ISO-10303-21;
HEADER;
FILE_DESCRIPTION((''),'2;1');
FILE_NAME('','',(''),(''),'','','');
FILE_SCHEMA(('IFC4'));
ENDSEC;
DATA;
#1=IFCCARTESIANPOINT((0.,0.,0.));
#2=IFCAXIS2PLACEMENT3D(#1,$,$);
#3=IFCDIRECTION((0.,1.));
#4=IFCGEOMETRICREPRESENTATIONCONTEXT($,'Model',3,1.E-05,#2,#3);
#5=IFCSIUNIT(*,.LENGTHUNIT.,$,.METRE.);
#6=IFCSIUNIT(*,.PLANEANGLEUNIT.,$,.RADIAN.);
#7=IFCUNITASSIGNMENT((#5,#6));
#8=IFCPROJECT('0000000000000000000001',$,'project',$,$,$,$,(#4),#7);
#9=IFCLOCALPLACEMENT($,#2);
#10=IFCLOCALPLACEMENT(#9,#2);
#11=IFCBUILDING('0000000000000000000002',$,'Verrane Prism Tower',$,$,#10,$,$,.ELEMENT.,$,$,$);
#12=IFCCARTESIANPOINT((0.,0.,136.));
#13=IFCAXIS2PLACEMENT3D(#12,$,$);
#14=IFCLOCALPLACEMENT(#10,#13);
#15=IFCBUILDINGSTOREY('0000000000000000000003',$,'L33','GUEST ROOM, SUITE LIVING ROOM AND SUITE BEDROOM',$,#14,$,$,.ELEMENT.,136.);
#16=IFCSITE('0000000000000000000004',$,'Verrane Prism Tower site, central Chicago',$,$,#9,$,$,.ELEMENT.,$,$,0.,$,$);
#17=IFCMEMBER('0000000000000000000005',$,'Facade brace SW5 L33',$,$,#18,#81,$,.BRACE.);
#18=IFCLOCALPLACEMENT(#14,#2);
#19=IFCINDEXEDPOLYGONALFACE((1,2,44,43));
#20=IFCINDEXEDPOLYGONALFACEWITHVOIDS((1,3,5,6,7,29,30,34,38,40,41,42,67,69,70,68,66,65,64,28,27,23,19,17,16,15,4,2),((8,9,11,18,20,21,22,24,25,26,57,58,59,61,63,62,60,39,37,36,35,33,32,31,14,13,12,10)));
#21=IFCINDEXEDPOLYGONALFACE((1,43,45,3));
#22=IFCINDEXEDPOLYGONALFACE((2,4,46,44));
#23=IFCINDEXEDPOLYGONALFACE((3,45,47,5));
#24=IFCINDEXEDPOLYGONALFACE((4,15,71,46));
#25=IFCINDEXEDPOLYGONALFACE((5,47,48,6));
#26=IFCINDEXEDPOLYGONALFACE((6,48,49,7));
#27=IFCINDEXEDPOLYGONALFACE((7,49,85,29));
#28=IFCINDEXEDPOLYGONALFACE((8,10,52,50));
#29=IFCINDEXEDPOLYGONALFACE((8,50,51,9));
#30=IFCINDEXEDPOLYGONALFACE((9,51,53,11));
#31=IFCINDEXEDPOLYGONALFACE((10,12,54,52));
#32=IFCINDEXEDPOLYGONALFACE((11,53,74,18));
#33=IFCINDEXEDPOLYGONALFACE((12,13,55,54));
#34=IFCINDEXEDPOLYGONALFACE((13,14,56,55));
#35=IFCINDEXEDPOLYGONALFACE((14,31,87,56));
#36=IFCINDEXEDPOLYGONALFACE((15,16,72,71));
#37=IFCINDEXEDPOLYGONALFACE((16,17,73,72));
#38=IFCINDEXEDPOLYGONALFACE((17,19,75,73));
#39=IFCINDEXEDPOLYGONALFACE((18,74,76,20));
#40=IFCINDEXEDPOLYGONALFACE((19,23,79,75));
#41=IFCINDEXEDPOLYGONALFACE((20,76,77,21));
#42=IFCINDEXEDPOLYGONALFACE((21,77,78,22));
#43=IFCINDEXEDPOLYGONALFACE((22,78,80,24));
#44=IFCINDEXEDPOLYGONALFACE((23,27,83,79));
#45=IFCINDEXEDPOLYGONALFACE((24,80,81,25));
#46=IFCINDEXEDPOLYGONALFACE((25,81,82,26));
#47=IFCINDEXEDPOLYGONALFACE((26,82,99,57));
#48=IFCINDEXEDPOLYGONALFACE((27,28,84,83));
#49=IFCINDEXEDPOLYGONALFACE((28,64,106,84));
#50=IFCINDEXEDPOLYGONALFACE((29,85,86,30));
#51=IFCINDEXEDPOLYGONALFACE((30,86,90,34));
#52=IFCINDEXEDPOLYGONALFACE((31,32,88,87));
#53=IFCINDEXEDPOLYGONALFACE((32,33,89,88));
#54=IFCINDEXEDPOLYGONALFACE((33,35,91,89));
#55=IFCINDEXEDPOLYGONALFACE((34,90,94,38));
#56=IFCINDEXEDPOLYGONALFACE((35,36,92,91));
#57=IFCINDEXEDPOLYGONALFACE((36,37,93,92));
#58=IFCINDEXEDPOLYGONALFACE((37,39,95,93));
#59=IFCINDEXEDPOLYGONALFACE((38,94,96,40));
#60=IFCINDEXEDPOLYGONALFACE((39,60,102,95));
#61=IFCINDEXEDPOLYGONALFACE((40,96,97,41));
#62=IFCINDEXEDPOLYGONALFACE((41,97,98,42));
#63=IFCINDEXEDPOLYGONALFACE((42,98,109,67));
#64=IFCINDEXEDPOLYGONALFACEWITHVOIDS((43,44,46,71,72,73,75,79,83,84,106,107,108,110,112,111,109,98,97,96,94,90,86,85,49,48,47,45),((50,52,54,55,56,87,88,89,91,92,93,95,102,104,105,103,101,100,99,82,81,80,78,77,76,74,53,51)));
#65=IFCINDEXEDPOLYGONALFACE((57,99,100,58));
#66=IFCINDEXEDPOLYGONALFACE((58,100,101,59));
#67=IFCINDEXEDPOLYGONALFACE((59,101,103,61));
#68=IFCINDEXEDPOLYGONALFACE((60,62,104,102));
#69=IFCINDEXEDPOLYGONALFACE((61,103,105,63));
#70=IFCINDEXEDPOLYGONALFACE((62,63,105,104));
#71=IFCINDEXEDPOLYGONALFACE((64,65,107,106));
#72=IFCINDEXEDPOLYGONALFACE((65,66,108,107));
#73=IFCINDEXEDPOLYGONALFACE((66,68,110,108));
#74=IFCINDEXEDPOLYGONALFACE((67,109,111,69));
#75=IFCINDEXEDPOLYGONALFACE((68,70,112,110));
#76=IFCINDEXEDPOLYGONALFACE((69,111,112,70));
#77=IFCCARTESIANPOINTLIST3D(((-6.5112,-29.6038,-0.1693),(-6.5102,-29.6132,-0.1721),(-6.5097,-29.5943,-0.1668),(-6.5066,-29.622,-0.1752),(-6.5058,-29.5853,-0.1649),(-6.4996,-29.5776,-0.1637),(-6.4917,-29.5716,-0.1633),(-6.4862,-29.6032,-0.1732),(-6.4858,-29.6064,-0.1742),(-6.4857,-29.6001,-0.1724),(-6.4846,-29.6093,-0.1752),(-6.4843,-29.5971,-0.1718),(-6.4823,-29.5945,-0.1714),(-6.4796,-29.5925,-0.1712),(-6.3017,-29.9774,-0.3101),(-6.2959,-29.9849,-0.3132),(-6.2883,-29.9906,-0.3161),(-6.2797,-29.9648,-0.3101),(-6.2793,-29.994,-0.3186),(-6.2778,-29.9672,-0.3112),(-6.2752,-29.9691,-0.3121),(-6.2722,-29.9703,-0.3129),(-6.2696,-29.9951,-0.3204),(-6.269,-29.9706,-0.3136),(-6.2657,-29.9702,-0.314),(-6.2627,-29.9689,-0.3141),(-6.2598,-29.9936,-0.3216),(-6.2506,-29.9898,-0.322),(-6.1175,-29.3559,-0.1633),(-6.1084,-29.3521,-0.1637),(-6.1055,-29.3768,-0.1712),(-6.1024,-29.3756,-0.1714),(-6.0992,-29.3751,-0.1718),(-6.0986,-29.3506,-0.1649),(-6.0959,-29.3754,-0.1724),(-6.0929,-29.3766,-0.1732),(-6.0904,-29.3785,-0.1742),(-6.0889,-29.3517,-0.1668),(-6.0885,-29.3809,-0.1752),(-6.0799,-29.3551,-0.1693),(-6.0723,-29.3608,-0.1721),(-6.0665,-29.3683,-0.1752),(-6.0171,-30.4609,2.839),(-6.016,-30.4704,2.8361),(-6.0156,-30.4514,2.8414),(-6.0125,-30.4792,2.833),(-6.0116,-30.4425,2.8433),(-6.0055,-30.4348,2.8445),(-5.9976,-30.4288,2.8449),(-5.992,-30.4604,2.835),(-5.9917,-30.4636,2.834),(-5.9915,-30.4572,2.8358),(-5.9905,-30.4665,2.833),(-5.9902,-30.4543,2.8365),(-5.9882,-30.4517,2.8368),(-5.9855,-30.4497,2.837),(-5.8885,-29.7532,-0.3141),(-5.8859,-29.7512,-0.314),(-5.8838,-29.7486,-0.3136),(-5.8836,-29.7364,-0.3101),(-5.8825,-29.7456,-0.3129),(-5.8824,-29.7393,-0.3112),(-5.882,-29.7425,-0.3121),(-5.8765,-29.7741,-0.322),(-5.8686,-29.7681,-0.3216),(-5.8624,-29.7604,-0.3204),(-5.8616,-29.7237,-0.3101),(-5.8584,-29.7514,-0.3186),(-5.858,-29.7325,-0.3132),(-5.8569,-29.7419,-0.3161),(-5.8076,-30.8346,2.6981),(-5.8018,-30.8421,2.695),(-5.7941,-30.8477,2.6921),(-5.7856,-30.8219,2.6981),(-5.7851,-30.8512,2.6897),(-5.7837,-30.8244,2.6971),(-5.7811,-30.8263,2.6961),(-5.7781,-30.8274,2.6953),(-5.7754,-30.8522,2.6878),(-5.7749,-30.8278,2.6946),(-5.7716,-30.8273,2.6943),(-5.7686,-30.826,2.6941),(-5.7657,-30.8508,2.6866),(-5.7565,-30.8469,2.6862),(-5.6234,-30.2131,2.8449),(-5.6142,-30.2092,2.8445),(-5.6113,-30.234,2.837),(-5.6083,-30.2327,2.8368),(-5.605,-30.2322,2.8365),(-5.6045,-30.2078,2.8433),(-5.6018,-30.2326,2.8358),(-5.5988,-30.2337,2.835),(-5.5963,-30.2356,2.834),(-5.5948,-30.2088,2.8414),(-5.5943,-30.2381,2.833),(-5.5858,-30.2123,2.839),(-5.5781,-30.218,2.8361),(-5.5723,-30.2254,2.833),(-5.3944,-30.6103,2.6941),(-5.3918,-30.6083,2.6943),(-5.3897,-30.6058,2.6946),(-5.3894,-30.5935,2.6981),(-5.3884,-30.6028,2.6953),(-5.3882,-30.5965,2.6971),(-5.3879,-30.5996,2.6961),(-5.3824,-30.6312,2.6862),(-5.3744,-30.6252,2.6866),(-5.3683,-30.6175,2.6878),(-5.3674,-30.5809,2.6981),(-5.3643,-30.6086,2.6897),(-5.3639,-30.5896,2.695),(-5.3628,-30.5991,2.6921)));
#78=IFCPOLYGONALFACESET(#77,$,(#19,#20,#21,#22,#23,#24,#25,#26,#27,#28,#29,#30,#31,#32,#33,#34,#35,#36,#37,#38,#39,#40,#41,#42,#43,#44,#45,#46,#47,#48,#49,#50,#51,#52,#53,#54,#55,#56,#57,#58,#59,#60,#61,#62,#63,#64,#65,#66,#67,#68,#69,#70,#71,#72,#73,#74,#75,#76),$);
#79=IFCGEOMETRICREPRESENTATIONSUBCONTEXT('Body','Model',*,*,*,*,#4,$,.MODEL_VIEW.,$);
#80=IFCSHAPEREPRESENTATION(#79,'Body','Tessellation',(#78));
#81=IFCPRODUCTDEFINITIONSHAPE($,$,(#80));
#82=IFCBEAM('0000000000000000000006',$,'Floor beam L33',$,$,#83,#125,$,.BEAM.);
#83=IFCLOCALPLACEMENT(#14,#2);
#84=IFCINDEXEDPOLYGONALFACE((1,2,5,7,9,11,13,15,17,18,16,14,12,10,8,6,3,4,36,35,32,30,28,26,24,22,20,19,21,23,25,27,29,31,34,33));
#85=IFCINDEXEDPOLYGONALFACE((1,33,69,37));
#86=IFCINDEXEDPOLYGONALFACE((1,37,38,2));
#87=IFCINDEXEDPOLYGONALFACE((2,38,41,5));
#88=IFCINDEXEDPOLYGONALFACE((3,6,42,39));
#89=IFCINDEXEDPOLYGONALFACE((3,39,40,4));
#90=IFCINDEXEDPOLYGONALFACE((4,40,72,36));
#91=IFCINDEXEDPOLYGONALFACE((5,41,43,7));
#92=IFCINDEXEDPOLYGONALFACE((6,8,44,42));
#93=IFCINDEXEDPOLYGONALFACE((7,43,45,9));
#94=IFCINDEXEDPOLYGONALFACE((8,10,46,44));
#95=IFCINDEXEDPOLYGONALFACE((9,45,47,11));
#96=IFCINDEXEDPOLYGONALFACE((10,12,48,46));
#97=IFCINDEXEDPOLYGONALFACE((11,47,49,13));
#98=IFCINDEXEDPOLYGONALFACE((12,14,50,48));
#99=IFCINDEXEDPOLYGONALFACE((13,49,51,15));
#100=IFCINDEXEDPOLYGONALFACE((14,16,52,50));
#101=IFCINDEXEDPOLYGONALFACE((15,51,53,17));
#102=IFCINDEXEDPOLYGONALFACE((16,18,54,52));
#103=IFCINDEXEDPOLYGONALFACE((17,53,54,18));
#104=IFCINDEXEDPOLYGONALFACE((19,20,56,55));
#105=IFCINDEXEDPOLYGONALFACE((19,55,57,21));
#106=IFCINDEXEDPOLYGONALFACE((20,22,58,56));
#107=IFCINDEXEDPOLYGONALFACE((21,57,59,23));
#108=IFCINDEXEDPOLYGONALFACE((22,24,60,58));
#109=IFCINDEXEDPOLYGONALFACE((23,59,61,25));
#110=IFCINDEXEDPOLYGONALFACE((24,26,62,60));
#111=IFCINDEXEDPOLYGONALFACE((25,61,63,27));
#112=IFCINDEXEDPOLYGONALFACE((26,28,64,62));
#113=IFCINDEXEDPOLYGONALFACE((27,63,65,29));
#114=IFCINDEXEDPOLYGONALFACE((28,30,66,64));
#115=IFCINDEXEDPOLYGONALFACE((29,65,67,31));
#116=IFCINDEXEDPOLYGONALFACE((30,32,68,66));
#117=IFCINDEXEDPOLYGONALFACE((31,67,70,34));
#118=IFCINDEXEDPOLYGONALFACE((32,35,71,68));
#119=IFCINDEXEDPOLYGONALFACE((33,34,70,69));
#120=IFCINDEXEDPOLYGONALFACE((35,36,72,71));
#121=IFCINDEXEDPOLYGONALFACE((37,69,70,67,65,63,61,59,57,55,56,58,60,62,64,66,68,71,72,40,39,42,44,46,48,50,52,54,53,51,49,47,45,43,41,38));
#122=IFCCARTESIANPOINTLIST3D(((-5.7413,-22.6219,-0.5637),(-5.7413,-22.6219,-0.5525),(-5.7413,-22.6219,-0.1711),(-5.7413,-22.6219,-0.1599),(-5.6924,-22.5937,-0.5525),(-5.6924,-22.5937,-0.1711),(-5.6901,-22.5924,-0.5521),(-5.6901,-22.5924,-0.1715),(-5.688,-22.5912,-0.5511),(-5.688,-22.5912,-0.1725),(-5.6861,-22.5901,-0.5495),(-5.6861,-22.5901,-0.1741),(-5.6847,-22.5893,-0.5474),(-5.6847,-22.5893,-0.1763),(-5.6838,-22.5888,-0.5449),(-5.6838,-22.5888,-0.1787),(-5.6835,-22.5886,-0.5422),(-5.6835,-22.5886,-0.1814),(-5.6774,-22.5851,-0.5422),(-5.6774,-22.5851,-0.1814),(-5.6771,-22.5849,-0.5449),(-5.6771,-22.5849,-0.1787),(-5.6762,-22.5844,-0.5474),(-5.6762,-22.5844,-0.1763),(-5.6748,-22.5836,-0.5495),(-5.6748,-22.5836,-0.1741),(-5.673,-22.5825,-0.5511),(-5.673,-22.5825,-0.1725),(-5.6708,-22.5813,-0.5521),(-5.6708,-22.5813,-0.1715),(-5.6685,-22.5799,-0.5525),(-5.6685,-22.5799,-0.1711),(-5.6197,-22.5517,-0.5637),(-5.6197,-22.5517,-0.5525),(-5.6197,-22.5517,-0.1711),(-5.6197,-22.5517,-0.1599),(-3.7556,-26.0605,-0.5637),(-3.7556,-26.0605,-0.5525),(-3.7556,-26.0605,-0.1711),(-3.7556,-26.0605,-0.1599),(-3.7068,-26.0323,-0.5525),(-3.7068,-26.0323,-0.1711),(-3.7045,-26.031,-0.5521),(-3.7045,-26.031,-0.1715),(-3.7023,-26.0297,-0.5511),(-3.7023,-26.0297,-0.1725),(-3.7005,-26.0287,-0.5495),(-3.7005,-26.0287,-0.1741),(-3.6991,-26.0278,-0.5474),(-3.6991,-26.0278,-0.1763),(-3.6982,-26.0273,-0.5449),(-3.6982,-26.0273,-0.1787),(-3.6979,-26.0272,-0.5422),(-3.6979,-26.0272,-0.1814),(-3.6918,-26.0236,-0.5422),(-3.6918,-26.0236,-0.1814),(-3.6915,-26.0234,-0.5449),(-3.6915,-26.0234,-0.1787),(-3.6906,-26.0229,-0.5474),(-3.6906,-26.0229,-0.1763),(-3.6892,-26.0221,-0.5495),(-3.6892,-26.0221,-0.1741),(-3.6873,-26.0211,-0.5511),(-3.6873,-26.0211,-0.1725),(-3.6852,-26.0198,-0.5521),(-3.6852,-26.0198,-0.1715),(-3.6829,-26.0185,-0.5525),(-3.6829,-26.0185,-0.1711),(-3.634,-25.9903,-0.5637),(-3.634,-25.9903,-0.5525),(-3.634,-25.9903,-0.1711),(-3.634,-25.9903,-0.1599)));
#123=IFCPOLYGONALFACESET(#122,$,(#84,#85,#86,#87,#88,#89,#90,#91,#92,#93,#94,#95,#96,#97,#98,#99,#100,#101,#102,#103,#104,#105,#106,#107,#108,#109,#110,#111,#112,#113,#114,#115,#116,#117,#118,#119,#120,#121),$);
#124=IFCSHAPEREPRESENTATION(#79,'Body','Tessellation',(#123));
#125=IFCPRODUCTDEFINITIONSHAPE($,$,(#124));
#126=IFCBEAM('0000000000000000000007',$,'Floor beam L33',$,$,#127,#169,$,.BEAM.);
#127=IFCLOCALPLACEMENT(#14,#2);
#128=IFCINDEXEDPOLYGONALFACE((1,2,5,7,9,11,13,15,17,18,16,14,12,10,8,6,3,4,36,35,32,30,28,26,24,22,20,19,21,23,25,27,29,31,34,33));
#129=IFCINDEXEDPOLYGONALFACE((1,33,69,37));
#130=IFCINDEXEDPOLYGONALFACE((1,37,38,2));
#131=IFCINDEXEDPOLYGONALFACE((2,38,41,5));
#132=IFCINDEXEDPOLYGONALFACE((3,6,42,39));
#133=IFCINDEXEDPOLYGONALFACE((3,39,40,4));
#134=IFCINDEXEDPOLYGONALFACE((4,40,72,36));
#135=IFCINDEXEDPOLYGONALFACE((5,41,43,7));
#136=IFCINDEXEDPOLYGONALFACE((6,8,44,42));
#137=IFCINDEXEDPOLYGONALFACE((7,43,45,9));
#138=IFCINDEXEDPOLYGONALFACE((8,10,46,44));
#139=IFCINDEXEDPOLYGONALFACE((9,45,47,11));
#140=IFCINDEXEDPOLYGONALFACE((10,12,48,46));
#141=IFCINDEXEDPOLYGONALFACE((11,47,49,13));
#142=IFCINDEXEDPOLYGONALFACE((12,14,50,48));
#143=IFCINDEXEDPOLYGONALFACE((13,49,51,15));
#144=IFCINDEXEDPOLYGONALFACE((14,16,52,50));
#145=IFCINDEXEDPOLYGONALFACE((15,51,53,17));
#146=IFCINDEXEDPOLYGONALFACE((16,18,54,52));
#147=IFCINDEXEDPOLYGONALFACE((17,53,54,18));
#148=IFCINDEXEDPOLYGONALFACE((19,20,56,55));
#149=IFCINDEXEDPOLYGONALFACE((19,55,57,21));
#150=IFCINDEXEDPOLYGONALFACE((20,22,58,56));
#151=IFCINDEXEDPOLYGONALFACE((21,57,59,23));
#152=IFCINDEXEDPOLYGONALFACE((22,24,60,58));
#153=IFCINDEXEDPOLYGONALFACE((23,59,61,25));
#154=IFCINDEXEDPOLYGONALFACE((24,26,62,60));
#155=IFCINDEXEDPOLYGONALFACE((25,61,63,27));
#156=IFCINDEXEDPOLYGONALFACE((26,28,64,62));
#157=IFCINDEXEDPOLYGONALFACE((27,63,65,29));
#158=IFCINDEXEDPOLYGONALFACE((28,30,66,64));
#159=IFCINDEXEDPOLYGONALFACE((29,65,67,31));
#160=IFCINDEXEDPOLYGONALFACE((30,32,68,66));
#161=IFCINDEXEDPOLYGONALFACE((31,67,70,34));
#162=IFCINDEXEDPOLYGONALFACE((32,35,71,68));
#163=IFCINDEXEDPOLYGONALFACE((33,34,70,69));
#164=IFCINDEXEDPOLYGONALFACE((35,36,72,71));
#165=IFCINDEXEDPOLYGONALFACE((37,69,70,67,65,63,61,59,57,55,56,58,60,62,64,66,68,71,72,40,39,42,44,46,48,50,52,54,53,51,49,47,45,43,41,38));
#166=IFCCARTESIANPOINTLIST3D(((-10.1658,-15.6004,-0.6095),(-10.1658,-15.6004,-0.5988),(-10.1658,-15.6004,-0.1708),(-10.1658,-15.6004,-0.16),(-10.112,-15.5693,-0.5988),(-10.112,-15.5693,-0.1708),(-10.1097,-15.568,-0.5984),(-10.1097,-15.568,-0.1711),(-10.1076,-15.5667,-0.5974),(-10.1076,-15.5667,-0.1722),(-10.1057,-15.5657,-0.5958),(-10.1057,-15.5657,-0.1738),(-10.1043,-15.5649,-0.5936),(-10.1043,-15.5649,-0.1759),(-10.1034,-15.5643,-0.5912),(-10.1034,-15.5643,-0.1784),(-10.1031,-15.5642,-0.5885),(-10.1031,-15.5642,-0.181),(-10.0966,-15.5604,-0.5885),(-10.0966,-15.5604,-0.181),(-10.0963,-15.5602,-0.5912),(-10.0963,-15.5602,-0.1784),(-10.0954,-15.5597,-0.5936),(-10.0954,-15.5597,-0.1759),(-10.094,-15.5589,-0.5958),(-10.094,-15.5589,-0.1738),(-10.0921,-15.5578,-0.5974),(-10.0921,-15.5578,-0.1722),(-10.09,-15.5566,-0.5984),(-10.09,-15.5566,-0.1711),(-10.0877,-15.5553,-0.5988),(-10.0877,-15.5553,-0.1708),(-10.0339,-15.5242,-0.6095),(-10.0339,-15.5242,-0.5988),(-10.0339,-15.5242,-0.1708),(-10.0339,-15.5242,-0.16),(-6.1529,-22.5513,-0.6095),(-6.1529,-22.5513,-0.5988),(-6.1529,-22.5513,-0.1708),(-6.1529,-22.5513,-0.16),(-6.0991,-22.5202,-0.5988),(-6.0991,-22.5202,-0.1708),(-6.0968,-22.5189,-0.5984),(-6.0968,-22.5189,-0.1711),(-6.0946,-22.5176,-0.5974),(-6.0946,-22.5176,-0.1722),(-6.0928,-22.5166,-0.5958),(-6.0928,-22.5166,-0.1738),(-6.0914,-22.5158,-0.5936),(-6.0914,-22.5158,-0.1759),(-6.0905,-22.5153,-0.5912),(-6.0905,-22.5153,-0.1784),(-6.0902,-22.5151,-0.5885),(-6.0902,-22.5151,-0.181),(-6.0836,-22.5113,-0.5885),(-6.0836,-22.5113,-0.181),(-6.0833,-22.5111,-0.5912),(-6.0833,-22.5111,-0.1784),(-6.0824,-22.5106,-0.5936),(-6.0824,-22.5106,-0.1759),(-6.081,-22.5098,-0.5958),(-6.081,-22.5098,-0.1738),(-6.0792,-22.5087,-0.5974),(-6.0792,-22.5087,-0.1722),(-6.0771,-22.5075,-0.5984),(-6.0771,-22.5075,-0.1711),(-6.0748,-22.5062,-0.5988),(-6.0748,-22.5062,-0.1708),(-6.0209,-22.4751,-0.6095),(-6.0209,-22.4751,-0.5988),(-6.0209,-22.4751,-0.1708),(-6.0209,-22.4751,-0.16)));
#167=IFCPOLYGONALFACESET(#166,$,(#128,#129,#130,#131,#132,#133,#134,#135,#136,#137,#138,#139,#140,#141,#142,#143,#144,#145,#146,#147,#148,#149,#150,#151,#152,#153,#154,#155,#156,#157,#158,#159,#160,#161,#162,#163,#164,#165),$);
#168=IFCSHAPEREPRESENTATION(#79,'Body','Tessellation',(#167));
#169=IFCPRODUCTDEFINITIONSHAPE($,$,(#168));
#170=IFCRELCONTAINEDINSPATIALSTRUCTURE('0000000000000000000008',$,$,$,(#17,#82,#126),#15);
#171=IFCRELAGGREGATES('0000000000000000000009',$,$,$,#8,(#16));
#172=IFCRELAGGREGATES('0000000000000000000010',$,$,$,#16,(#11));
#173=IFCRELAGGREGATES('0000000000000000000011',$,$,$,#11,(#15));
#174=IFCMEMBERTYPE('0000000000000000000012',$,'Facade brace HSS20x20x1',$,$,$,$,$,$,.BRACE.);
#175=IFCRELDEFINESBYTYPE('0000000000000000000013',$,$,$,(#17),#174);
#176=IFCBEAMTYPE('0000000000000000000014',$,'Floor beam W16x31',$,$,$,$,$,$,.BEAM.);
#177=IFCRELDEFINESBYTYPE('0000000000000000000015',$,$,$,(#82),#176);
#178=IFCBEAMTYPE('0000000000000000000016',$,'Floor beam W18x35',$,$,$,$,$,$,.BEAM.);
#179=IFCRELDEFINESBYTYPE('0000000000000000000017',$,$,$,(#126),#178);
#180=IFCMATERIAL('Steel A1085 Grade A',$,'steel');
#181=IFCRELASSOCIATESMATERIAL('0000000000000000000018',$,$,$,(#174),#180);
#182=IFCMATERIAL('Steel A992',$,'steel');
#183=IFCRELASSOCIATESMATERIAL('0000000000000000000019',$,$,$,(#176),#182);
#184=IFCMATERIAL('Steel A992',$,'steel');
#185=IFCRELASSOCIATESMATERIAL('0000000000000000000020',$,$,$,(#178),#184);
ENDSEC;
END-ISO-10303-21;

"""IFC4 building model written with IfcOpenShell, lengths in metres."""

from ifc_helpers import new_model, si_unit, direction, frame, origin, origin_2d, place, context, subcontext, project, spatial, hollow_rectangle, i_section, extrude, material, material_profile, profile_set, type_object, element, save


model = new_model("IFC4")

# Units and contexts
model_context = context("Model", 3, precision=1e-05, world=origin(), true_north=direction((0.0, 1.0)))
body_context = subcontext(model_context, "Body", "Model", "MODEL_VIEW")
ifc_project = project(units=[si_unit("LENGTHUNIT", "METRE"), si_unit("PLANEANGLEUNIT", "RADIAN")], contexts=[model_context])

# Site, building, storey
site_placement = place(None, origin())
site = spatial("IfcSite", under=ifc_project, at=site_placement, Name="Verrane Prism Tower site, central Chicago", CompositionType="ELEMENT", RefElevation=0.0)
building_placement = place(site_placement, origin())
building = spatial("IfcBuilding", under=site, at=building_placement, Name="Verrane Prism Tower", CompositionType="ELEMENT")
storey_placement = place(building_placement, frame((0.0, 0.0, 136.0)))
storey = spatial("IfcBuildingStorey", under=building, at=storey_placement, Name="L33", Description="GUEST ROOM, SUITE LIVING ROOM AND SUITE BEDROOM", CompositionType="ELEMENT", Elevation=136.0)

# Member
ifc_material_1 = material(Name="Steel A1085 Grade A", Category="steel")
ifc_material_profile_1 = material_profile(ifc_material_1, hollow_rectangle(XDim=0.5081, YDim=0.5081, WallThickness=0.0254, InnerFilletRadius=0.0127, OuterFilletRadius=0.0381, at=origin_2d()), Name="HSS20x20x1")
ifc_profile_set_1 = profile_set([ifc_material_profile_1], Name="Steel A1085 Grade A")
member_type_1 = type_object("IfcMemberType", Name="Facade brace HSS20x20x1", PredefinedType="BRACE", material=ifc_profile_set_1)
member_1_placement = place(storey_placement, frame((-6.1841, -29.6729, -0.2427), z_axis=(0.156036, -0.270674, 0.949941), x_axis=(0.866354, 0.49943, 0.0)))
element("IfcMember", 1, at=member_1_placement, inside=storey, type_object=member_type_1, Name="Facade brace SW5 L33", PredefinedType="BRACE", context=body_context, shape_type="SweptSolid", body=[
    extrude(hollow_rectangle(XDim=0.5081, YDim=0.5081, WallThickness=0.0254, InnerFilletRadius=0.0127, OuterFilletRadius=0.0381, at=origin_2d()), origin(), (0.0, 0.0, 1.0), 3.1667),
])

# Beams
ifc_material_2 = material(Name="Steel A992", Category="steel")
ifc_material_profile_2 = material_profile(ifc_material_2, i_section(OverallWidth=0.1404, OverallDepth=0.4038, WebThickness=0.0071, FlangeThickness=0.0112, FilletRadius=0.0103, at=origin_2d()), Name="W16x31")
ifc_profile_set_2 = profile_set([ifc_material_profile_2], Name="Steel A992")
beam_type_1 = type_object("IfcBeamType", Name="Floor beam W16x31", PredefinedType="BEAM", material=ifc_profile_set_2)
beam_1_placement = place(storey_placement, frame((-3.6948, -26.0254, -0.3618), z_axis=(-0.500074, 0.865983, 0.0), x_axis=(-0.865983, -0.500074, 0.0)))
element("IfcBeam", 2, at=beam_1_placement, inside=storey, type_object=beam_type_1, Name="Floor beam L33", PredefinedType="BEAM", context=body_context, shape_type="SweptSolid", body=[
    extrude(i_section(OverallWidth=0.1404, OverallDepth=0.4038, WebThickness=0.0071, FlangeThickness=0.0112, FilletRadius=0.0103, at=origin_2d()), origin(), (0.0, 0.0, 1.0), 3.9707),
])
ifc_material_3 = material(Name="Steel A992", Category="steel")
ifc_material_profile_3 = material_profile(ifc_material_3, i_section(OverallWidth=0.1523, OverallDepth=0.4495, WebThickness=0.0076, FlangeThickness=0.0107, FilletRadius=0.0103, at=origin_2d()), Name="W18x35")
ifc_profile_set_3 = profile_set([ifc_material_profile_3], Name="Steel A992")
beam_type_2 = type_object("IfcBeamType", Name="Floor beam W18x35", PredefinedType="BEAM", material=ifc_profile_set_3)
beam_2_placement = place(storey_placement, frame((-6.0869, -22.5132, -0.3848), z_axis=(-0.499983, 0.866035, 0.0), x_axis=(-0.866035, -0.499983, 0.0)))
element("IfcBeam", 3, at=beam_2_placement, inside=storey, type_object=beam_type_2, Name="Floor beam L33", PredefinedType="BEAM", context=body_context, shape_type="SweptSolid", body=[
    extrude(i_section(OverallWidth=0.1523, OverallDepth=0.4495, WebThickness=0.0076, FlangeThickness=0.0107, FilletRadius=0.0103, at=origin_2d()), origin(), (0.0, 0.0, 1.0), 8.0261),
])

save(model, "model.ifc")
